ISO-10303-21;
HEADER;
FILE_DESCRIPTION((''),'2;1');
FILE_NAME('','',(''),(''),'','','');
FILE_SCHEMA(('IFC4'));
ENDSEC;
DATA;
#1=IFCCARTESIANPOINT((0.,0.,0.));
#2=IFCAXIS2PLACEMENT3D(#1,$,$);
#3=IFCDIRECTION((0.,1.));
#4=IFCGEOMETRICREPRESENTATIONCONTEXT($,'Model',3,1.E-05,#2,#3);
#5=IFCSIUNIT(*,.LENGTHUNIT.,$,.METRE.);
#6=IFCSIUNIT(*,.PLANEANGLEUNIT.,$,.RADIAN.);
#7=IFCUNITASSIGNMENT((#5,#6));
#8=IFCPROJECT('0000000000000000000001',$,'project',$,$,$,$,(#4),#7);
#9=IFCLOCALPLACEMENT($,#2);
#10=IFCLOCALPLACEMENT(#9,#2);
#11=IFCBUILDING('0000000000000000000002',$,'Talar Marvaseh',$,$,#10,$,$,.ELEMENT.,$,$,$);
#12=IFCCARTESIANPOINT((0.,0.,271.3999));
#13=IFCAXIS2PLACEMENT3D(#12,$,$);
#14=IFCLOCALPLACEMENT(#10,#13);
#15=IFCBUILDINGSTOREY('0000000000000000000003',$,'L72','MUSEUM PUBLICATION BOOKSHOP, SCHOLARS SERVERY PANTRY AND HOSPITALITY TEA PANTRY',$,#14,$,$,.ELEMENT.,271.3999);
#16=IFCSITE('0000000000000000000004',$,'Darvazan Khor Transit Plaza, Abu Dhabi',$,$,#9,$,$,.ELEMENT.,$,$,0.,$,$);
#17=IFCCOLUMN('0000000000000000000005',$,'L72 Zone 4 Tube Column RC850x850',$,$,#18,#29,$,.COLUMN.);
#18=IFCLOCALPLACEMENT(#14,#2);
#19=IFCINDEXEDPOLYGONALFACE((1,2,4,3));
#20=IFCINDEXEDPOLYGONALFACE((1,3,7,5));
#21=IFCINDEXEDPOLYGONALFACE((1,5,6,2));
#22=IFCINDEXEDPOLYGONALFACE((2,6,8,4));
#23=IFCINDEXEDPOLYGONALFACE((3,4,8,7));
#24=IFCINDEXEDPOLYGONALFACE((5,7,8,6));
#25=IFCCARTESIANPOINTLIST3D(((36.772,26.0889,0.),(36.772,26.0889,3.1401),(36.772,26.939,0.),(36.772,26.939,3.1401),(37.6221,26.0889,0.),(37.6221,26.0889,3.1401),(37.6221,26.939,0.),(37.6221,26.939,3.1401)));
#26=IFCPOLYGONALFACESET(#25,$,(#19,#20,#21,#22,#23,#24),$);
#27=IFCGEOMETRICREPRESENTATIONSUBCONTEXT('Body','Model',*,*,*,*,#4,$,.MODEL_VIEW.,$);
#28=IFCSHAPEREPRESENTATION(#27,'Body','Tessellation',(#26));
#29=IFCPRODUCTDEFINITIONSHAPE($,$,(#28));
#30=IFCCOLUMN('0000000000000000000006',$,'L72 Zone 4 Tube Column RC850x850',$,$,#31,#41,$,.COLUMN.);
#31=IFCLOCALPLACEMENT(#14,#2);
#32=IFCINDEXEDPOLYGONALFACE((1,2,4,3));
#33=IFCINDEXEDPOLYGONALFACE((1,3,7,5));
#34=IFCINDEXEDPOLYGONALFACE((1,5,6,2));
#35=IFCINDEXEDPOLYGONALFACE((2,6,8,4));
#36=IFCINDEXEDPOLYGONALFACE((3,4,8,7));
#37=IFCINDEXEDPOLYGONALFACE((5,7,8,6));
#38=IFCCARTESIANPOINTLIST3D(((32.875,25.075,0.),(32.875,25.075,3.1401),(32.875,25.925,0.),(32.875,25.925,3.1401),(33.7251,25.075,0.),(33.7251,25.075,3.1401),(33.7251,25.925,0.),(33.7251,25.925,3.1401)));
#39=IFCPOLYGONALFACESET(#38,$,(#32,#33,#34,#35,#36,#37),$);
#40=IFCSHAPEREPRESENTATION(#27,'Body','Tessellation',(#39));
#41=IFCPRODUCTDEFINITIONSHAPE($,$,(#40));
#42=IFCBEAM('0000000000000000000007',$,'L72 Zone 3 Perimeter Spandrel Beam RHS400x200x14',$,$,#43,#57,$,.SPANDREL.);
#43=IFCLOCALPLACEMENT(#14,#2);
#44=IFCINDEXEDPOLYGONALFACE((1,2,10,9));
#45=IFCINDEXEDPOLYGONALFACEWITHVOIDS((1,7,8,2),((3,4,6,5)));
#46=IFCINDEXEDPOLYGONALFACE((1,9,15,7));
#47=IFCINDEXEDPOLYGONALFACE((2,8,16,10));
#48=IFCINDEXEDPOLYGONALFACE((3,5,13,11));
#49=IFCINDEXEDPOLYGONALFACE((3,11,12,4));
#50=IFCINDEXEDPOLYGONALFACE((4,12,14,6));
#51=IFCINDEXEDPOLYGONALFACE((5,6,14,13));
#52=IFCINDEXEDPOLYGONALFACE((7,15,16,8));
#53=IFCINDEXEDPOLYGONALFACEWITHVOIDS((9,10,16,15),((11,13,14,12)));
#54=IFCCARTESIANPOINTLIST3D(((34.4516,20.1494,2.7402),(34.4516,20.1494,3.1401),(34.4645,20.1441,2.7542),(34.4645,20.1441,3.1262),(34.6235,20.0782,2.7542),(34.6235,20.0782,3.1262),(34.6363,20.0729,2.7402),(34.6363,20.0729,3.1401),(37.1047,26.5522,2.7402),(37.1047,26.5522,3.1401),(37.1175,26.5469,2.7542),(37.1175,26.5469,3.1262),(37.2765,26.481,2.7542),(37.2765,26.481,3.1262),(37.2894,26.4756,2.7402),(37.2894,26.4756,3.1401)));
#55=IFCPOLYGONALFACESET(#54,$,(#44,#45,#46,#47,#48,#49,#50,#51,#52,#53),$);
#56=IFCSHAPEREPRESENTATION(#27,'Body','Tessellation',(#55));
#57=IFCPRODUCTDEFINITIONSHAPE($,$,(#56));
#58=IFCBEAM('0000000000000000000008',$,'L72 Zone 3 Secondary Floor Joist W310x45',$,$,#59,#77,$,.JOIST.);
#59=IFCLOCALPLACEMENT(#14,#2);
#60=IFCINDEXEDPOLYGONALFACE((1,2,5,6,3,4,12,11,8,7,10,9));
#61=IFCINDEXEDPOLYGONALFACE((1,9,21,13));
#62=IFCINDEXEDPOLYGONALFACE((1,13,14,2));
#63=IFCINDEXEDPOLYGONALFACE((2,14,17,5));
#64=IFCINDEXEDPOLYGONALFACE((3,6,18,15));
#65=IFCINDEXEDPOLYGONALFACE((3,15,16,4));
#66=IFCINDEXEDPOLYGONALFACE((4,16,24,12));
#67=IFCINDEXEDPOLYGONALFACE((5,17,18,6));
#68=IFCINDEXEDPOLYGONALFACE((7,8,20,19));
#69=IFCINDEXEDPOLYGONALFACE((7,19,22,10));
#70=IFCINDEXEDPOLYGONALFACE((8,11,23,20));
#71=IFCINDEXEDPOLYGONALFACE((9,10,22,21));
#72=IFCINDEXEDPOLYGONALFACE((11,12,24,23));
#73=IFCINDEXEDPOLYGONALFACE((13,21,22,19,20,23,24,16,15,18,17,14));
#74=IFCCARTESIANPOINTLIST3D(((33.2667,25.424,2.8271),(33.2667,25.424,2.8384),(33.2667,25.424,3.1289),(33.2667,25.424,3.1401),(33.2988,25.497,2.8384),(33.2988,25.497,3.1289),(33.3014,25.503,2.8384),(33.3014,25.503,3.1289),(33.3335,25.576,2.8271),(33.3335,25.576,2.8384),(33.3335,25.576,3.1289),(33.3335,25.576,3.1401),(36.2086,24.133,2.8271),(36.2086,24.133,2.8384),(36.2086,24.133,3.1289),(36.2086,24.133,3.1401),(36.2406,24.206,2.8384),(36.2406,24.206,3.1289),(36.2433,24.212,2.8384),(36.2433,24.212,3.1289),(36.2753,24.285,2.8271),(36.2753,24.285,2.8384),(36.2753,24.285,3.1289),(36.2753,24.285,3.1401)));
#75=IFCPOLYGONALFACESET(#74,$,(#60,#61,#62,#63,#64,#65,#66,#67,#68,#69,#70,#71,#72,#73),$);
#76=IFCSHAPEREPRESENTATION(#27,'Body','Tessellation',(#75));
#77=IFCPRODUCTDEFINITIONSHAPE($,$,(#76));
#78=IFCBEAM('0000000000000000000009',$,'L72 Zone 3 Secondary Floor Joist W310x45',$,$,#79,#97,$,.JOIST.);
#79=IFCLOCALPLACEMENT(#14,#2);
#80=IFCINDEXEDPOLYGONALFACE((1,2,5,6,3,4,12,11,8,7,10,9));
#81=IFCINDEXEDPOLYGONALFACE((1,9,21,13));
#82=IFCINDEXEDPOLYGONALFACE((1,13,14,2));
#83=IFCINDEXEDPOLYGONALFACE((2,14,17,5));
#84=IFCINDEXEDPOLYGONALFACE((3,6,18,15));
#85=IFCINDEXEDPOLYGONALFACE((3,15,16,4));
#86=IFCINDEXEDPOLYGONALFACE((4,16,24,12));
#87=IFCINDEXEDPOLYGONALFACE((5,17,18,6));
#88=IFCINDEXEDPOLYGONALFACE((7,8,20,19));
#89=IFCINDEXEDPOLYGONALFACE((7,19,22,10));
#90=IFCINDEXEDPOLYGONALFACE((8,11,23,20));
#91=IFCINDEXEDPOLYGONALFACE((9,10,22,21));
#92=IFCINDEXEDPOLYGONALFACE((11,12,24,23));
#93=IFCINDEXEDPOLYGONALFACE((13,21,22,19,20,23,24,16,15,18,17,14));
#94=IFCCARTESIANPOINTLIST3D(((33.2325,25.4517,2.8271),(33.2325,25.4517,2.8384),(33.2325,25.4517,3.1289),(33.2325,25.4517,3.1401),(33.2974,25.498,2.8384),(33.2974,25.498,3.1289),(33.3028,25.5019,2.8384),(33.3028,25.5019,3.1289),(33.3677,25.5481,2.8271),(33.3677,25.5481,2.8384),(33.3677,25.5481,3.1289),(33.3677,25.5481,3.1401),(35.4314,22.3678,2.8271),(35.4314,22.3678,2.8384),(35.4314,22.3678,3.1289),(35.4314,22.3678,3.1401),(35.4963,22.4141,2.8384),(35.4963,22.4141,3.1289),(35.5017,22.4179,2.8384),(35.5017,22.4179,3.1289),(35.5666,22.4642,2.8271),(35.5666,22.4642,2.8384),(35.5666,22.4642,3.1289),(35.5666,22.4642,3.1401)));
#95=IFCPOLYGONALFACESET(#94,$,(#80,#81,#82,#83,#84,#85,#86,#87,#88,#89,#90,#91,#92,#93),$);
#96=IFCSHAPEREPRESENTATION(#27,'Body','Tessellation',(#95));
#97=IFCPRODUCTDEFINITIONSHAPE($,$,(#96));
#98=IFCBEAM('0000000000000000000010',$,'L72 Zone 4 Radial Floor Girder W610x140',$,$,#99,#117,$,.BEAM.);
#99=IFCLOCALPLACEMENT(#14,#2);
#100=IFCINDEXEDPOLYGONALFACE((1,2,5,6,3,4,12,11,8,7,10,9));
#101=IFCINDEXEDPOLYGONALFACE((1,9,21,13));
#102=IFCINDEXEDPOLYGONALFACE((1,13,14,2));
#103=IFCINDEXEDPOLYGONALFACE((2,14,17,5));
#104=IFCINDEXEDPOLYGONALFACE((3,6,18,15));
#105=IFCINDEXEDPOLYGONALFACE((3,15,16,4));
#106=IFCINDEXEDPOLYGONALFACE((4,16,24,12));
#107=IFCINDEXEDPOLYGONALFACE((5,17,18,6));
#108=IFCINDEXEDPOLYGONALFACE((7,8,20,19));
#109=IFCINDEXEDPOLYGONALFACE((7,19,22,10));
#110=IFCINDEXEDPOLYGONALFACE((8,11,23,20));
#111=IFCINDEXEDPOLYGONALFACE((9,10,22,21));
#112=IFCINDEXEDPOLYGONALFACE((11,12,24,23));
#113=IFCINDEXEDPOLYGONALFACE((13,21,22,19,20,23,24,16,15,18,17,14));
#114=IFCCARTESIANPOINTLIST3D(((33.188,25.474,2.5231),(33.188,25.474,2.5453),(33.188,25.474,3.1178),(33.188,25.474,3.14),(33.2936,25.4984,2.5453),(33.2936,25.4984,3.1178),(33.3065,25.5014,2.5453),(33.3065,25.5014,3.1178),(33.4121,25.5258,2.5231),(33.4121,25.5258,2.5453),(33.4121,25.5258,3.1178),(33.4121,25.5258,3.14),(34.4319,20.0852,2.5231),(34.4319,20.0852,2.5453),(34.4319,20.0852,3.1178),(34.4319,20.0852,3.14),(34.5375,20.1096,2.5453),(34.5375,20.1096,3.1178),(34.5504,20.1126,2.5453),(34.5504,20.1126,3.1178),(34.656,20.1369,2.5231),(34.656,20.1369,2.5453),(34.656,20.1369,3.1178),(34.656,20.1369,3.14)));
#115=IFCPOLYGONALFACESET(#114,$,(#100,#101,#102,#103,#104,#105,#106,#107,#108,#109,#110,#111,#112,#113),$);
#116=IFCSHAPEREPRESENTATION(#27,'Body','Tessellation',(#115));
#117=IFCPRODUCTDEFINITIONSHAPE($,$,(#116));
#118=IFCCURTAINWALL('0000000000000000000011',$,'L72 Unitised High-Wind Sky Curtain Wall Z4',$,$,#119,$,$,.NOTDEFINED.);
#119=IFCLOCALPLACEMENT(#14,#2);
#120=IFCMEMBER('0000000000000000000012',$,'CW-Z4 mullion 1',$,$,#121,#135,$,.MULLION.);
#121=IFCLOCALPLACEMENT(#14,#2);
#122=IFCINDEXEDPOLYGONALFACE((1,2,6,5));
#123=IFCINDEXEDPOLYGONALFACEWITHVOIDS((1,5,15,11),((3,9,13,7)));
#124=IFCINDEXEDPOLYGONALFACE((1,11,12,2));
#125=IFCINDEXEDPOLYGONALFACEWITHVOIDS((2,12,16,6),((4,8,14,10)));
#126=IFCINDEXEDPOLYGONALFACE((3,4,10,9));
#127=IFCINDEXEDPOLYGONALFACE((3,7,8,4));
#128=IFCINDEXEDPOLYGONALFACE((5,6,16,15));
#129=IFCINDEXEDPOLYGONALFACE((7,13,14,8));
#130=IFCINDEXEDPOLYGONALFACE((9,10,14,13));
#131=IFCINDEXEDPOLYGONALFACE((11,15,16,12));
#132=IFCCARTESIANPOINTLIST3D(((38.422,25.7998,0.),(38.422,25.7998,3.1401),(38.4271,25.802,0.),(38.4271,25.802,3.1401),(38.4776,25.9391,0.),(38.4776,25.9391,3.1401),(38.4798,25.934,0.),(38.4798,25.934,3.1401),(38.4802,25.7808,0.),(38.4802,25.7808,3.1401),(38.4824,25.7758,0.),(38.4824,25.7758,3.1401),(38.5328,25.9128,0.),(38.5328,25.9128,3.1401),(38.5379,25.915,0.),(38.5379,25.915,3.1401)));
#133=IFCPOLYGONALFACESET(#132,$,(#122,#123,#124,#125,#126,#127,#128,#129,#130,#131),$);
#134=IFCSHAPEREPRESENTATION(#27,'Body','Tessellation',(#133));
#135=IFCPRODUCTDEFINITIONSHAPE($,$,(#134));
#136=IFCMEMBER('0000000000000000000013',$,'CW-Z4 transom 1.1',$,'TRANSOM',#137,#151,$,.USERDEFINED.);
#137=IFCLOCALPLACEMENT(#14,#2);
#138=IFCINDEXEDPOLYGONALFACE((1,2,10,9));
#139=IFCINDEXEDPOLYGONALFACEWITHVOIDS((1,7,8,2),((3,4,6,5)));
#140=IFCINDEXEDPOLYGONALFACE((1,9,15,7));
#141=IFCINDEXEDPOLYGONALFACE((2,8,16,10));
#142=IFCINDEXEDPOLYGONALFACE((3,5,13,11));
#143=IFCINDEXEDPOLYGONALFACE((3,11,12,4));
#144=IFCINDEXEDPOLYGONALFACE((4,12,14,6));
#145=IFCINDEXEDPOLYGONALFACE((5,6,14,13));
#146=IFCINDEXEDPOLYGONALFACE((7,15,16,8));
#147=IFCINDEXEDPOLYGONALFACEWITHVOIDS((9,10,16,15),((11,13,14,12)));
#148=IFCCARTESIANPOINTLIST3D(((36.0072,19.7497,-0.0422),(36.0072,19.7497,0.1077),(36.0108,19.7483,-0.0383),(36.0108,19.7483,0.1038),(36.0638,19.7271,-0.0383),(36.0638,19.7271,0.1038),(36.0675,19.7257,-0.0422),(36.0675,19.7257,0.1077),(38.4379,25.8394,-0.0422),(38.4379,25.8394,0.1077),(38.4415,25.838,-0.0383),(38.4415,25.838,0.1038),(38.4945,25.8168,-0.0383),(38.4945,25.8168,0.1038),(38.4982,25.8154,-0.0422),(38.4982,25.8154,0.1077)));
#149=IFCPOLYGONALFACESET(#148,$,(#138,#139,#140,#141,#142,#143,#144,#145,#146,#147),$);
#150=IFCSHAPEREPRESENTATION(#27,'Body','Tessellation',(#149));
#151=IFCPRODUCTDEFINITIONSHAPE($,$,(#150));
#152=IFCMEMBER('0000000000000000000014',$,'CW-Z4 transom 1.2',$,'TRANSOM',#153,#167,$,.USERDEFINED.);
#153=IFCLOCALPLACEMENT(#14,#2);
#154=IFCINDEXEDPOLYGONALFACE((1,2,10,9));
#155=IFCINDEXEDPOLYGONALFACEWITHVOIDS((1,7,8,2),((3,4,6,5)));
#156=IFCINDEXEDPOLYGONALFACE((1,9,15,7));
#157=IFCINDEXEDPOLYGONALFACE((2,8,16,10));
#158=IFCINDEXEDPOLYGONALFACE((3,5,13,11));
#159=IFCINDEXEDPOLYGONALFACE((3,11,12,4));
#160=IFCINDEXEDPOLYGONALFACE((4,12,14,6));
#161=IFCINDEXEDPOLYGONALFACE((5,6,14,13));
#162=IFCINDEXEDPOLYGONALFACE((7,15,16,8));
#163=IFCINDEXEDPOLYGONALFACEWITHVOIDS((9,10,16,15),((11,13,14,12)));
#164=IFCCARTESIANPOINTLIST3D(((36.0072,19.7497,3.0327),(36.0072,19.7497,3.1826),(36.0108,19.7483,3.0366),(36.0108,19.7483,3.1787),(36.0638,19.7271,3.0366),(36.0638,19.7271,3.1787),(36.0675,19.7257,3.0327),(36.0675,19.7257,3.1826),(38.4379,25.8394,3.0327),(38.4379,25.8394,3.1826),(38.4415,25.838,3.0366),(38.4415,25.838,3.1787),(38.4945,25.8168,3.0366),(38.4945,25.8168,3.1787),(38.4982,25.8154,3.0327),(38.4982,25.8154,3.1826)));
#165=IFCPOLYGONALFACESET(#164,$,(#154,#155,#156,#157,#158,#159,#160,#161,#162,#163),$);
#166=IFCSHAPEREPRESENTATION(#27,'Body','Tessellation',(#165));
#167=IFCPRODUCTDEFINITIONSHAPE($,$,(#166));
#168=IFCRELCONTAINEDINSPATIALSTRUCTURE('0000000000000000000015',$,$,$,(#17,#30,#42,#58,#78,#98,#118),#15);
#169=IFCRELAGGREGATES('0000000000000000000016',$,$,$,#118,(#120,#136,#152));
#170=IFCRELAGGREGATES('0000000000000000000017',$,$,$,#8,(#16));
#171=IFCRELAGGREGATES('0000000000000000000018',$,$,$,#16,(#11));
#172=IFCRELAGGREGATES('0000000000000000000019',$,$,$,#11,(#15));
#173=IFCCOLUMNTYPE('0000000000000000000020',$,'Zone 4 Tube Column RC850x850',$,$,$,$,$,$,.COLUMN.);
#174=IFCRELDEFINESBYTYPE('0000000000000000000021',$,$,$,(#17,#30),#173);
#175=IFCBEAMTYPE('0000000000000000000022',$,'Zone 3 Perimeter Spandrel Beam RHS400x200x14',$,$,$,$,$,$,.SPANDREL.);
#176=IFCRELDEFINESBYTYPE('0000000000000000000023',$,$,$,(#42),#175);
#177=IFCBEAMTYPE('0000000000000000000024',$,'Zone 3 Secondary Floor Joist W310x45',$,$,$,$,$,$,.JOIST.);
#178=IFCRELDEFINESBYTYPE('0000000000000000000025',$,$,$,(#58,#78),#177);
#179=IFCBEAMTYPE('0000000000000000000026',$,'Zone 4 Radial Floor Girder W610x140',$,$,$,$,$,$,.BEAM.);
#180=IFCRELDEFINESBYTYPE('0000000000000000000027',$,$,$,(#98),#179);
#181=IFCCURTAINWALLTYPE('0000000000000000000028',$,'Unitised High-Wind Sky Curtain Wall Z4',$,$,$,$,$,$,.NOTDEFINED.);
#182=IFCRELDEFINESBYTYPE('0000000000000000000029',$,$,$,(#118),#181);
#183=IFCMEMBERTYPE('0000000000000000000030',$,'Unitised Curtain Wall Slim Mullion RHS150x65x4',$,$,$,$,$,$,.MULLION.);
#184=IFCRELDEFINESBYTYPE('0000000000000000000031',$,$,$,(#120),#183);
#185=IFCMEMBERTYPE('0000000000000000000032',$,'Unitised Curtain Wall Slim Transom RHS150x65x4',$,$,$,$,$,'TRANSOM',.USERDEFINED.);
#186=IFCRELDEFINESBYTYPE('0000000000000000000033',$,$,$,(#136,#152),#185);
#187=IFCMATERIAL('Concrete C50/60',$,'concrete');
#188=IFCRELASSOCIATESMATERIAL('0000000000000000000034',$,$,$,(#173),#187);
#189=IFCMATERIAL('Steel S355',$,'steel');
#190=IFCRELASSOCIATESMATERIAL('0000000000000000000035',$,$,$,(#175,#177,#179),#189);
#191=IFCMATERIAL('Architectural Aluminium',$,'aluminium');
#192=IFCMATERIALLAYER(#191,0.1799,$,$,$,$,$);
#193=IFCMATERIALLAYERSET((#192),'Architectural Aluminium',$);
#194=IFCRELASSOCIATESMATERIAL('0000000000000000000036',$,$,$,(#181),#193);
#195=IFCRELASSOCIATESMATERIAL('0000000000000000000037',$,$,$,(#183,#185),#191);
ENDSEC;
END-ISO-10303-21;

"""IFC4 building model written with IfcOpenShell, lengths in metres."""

from ifc_helpers import new_model, si_unit, direction, frame, origin, origin_2d, place, context, subcontext, project, spatial, rectangle, hollow_rectangle, i_section, extrude, source, transform, mapped, material, layer, layer_set, material_profile, profile_set, type_object, type_shapes, element, aggregate, save


model = new_model("IFC4")

# Units and contexts
model_context = context("Model", 3, precision=1e-05, world=origin(), true_north=direction((0.0, 1.0)))
body_context = subcontext(model_context, "Body", "Model", "MODEL_VIEW")
ifc_project = project(units=[si_unit("LENGTHUNIT", "METRE"), si_unit("PLANEANGLEUNIT", "RADIAN")], contexts=[model_context])

# Site, building, storey
site_placement = place(None, origin())
site = spatial("IfcSite", under=ifc_project, at=site_placement, Name="Darvazan Khor Transit Plaza, Abu Dhabi", CompositionType="ELEMENT", RefElevation=0.0)
building_placement = place(site_placement, origin())
building = spatial("IfcBuilding", under=site, at=building_placement, Name="Talar Marvaseh", CompositionType="ELEMENT")
storey_placement = place(building_placement, frame((0.0, 0.0, 271.3999)))
storey = spatial("IfcBuildingStorey", under=building, at=storey_placement, Name="L72", Description="MUSEUM PUBLICATION BOOKSHOP, SCHOLARS SERVERY PANTRY AND HOSPITALITY TEA PANTRY", CompositionType="ELEMENT", Elevation=271.3999)

# Columns
ifc_material_1 = material(Name="Concrete C50/60", Category="concrete")
ifc_material_profile_1 = material_profile(ifc_material_1, rectangle(XDim=0.8501, YDim=0.8501, at=origin_2d()), Name="RC850x850")
ifc_profile_set_1 = profile_set([ifc_material_profile_1], Name="Concrete C50/60")
column_type = type_object("IfcColumnType", Name="Zone 4 Tube Column RC850x850", PredefinedType="COLUMN", material=ifc_profile_set_1)
for number, where, z_axis, x_axis, name in (
    (1, (37.197, 26.5139, 0.0), (0.0, 0.0, 1.0), (1.0, 0.0, 0.0), "L72 Zone 4 Tube Column RC850x850"),
    (2, (33.3, 25.5, 0.0), (0.0, 0.0, 1.0), (1.0, 0.0, 0.0), "L72 Zone 4 Tube Column RC850x850"),
):
    element("IfcColumn", number, at=place(storey_placement, frame(where, z_axis=z_axis, x_axis=x_axis)), inside=storey, type_object=column_type, Name=name, PredefinedType="COLUMN", context=body_context, shape_type="SweptSolid", body=[
        extrude(rectangle(XDim=0.8501, YDim=0.8501, at=origin_2d()), origin(), (0.0, 0.0, 1.0), 3.1401),
    ])

# Beams
ifc_material_2 = material(Name="Steel S355", Category="steel")
ifc_material_profile_2 = material_profile(ifc_material_2, hollow_rectangle(XDim=0.2, YDim=0.3999, WallThickness=0.0139, at=origin_2d()), Name="RHS400x200x14")
ifc_profile_set_2 = profile_set([ifc_material_profile_2], Name="Steel S355")
beam_type_1 = type_object("IfcBeamType", Name="Zone 3 Perimeter Spandrel Beam RHS400x200x14", PredefinedType="SPANDREL", material=ifc_profile_set_2)
beam_1_placement = place(storey_placement, frame((37.197, 26.5139, 2.9402), z_axis=(-0.382799, -0.923832, 0.0), x_axis=(0.923832, -0.382799, 0.0)))
element("IfcBeam", 3, at=beam_1_placement, inside=storey, type_object=beam_type_1, Name="L72 Zone 3 Perimeter Spandrel Beam RHS400x200x14", PredefinedType="SPANDREL", context=body_context, shape_type="SweptSolid", body=[
    extrude(hollow_rectangle(XDim=0.2, YDim=0.3999, WallThickness=0.0139, at=origin_2d()), origin(), (0.0, 0.0, 1.0), 6.9307),
])
ifc_material_profile_3 = material_profile(ifc_material_2, i_section(OverallWidth=0.166, OverallDepth=0.313, WebThickness=0.0066, FlangeThickness=0.0112, at=origin_2d()), Name="W310x45")
ifc_profile_set_3 = profile_set([ifc_material_profile_3], Name="Steel S355")
beam_type_2 = type_object("IfcBeamType", Name="Zone 3 Secondary Floor Joist W310x45", PredefinedType="JOIST", material=ifc_profile_set_3)
beam_2_placement = place(storey_placement, frame((36.2419, 24.209, 2.9836), z_axis=(-0.915707, 0.401847, 0.0), x_axis=(-0.401847, -0.915707, 0.0)))
element("IfcBeam", 4, at=beam_2_placement, inside=storey, type_object=beam_type_2, Name="L72 Zone 3 Secondary Floor Joist W310x45", PredefinedType="JOIST", context=body_context, shape_type="SweptSolid", body=[
    extrude(i_section(OverallWidth=0.166, OverallDepth=0.313, WebThickness=0.0066, FlangeThickness=0.0112, at=origin_2d()), origin(), (0.0, 0.0, 1.0), 3.2126),
])
beam_3_placement = place(storey_placement, frame((35.499, 22.416, 2.9836), z_axis=(-0.580561, 0.814217, 0.0), x_axis=(-0.814217, -0.580561, 0.0)))
element("IfcBeam", 5, at=beam_3_placement, inside=storey, type_object=beam_type_2, Name="L72 Zone 3 Secondary Floor Joist W310x45", PredefinedType="JOIST", context=body_context, shape_type="SweptSolid", body=[
    extrude(i_section(OverallWidth=0.166, OverallDepth=0.313, WebThickness=0.0066, FlangeThickness=0.0112, at=origin_2d()), origin(), (0.0, 0.0, 1.0), 3.7876),
])
ifc_material_profile_4 = material_profile(ifc_material_2, i_section(OverallWidth=0.23, OverallDepth=0.6169, WebThickness=0.0132, FlangeThickness=0.0222, at=origin_2d()), Name="W610x140")
ifc_profile_set_4 = profile_set([ifc_material_profile_4], Name="Steel S355")
beam_type_3 = type_object("IfcBeamType", Name="Zone 4 Radial Floor Girder W610x140", PredefinedType="BEAM", material=ifc_profile_set_4)
beam_4_placement = place(storey_placement, frame((34.5439, 20.1111, 2.8315), z_axis=(-0.224911, 0.974379, 0.0), x_axis=(-0.974379, -0.224911, 0.0)))
element("IfcBeam", 6, at=beam_4_placement, inside=storey, type_object=beam_type_3, Name="L72 Zone 4 Radial Floor Girder W610x140", PredefinedType="BEAM", context=body_context, shape_type="SweptSolid", body=[
    extrude(i_section(OverallWidth=0.23, OverallDepth=0.6169, WebThickness=0.0132, FlangeThickness=0.0222, at=origin_2d()), origin(), (0.0, 0.0, 1.0), 5.5305),
])

# Curtain wall, members
ifc_material_3 = material(Name="Architectural Aluminium", Category="aluminium")
ifc_layer_1 = layer(ifc_material_3, 0.1799)
ifc_layer_set_1 = layer_set([ifc_layer_1], Name="Architectural Aluminium")
curtain_wall_type = type_object("IfcCurtainWallType", Name="Unitised High-Wind Sky Curtain Wall Z4", PredefinedType="NOTDEFINED", material=ifc_layer_set_1)
curtain_wall_placement = place(storey_placement, origin())
curtain_wall = element("IfcCurtainWall", 7, at=curtain_wall_placement, inside=storey, type_object=curtain_wall_type, Name="L72 Unitised High-Wind Sky Curtain Wall Z4", PredefinedType="NOTDEFINED")
ifc_material_profile_5 = material_profile(ifc_material_3, hollow_rectangle(XDim=0.0649, YDim=0.1499, WallThickness=0.0039, at=origin_2d()), Name="RHS150x65x4")
ifc_profile_set_5 = profile_set([ifc_material_profile_5], Name="Architectural Aluminium")
member_type_1 = type_object("IfcMemberType", Name="Unitised Curtain Wall Slim Mullion RHS150x65x4", PredefinedType="MULLION", material=ifc_profile_set_5)
shared_shape_1 = source(origin(), body_context, "Body", "SweptSolid", [
    extrude(hollow_rectangle(XDim=0.0649, YDim=0.1499, WallThickness=0.0039, at=origin_2d()), origin(), (0.0, 0.0, 1.0), 3.1401),
])
type_shapes(member_type_1, [shared_shape_1])
member_1_placement = place(storey_placement, frame((38.48, 25.8574, 0.0), z_axis=(0.0, 0.0, 1.0), x_axis=(0.928754, -0.370697, 0.0)))
member_1 = element("IfcMember", 8, at=member_1_placement, type_object=member_type_1, Name="CW-Z4 mullion 1", PredefinedType="MULLION", context=body_context, shape_type="MappedRepresentation", body=[
    mapped(shared_shape_1, transform((0.0, 0.0, 0.0), x_axis=(1.0, 0.0, 0.0), y_axis=(0.0, 1.0, 0.0), z_axis=(0.0, 0.0, 1.0), scale=1.0)),
])
ifc_material_profile_6 = material_profile(ifc_material_3, hollow_rectangle(XDim=0.0649, YDim=0.1499, WallThickness=0.0039, at=origin_2d()), Name="RHS150x65x4")
ifc_profile_set_6 = profile_set([ifc_material_profile_6], Name="Architectural Aluminium")
member_type_2 = type_object("IfcMemberType", Name="Unitised Curtain Wall Slim Transom RHS150x65x4", ElementType="TRANSOM", PredefinedType="USERDEFINED", material=ifc_profile_set_6)
shared_shape_2 = source(origin(), body_context, "Body", "SweptSolid", [
    extrude(hollow_rectangle(XDim=0.0649, YDim=0.1499, WallThickness=0.0039, at=origin_2d()), origin(), (0.0, 0.0, 1.0), 6.5569),
])
type_shapes(member_type_2, [shared_shape_2])
member_2_placement = place(storey_placement, frame((38.468, 25.8274, 0.0327), z_axis=(-0.37071, -0.928749, 0.0), x_axis=(0.928749, -0.37071, 0.0)))
member_2 = element("IfcMember", 9, at=member_2_placement, type_object=member_type_2, Name="CW-Z4 transom 1.1", ObjectType="TRANSOM", PredefinedType="USERDEFINED", context=body_context, shape_type="MappedRepresentation", body=[
    mapped(shared_shape_2, transform((0.0, 0.0, 0.0), x_axis=(1.0, 0.0, 0.0), y_axis=(0.0, 1.0, 0.0), z_axis=(0.0, 0.0, 1.0), scale=1.0)),
])
member_3_placement = place(storey_placement, frame((38.468, 25.8274, 3.1077), z_axis=(-0.37071, -0.928749, 0.0), x_axis=(0.928749, -0.37071, 0.0)))
member_3 = element("IfcMember", 10, at=member_3_placement, type_object=member_type_2, Name="CW-Z4 transom 1.2", ObjectType="TRANSOM", PredefinedType="USERDEFINED", context=body_context, shape_type="MappedRepresentation", body=[
    mapped(shared_shape_2, transform((0.0, 0.0, 0.0), x_axis=(1.0, 0.0, 0.0), y_axis=(0.0, 1.0, 0.0), z_axis=(0.0, 0.0, 1.0), scale=1.0)),
])
aggregate(curtain_wall, [member_1, member_2, member_3])

save(model, "model.ifc")
